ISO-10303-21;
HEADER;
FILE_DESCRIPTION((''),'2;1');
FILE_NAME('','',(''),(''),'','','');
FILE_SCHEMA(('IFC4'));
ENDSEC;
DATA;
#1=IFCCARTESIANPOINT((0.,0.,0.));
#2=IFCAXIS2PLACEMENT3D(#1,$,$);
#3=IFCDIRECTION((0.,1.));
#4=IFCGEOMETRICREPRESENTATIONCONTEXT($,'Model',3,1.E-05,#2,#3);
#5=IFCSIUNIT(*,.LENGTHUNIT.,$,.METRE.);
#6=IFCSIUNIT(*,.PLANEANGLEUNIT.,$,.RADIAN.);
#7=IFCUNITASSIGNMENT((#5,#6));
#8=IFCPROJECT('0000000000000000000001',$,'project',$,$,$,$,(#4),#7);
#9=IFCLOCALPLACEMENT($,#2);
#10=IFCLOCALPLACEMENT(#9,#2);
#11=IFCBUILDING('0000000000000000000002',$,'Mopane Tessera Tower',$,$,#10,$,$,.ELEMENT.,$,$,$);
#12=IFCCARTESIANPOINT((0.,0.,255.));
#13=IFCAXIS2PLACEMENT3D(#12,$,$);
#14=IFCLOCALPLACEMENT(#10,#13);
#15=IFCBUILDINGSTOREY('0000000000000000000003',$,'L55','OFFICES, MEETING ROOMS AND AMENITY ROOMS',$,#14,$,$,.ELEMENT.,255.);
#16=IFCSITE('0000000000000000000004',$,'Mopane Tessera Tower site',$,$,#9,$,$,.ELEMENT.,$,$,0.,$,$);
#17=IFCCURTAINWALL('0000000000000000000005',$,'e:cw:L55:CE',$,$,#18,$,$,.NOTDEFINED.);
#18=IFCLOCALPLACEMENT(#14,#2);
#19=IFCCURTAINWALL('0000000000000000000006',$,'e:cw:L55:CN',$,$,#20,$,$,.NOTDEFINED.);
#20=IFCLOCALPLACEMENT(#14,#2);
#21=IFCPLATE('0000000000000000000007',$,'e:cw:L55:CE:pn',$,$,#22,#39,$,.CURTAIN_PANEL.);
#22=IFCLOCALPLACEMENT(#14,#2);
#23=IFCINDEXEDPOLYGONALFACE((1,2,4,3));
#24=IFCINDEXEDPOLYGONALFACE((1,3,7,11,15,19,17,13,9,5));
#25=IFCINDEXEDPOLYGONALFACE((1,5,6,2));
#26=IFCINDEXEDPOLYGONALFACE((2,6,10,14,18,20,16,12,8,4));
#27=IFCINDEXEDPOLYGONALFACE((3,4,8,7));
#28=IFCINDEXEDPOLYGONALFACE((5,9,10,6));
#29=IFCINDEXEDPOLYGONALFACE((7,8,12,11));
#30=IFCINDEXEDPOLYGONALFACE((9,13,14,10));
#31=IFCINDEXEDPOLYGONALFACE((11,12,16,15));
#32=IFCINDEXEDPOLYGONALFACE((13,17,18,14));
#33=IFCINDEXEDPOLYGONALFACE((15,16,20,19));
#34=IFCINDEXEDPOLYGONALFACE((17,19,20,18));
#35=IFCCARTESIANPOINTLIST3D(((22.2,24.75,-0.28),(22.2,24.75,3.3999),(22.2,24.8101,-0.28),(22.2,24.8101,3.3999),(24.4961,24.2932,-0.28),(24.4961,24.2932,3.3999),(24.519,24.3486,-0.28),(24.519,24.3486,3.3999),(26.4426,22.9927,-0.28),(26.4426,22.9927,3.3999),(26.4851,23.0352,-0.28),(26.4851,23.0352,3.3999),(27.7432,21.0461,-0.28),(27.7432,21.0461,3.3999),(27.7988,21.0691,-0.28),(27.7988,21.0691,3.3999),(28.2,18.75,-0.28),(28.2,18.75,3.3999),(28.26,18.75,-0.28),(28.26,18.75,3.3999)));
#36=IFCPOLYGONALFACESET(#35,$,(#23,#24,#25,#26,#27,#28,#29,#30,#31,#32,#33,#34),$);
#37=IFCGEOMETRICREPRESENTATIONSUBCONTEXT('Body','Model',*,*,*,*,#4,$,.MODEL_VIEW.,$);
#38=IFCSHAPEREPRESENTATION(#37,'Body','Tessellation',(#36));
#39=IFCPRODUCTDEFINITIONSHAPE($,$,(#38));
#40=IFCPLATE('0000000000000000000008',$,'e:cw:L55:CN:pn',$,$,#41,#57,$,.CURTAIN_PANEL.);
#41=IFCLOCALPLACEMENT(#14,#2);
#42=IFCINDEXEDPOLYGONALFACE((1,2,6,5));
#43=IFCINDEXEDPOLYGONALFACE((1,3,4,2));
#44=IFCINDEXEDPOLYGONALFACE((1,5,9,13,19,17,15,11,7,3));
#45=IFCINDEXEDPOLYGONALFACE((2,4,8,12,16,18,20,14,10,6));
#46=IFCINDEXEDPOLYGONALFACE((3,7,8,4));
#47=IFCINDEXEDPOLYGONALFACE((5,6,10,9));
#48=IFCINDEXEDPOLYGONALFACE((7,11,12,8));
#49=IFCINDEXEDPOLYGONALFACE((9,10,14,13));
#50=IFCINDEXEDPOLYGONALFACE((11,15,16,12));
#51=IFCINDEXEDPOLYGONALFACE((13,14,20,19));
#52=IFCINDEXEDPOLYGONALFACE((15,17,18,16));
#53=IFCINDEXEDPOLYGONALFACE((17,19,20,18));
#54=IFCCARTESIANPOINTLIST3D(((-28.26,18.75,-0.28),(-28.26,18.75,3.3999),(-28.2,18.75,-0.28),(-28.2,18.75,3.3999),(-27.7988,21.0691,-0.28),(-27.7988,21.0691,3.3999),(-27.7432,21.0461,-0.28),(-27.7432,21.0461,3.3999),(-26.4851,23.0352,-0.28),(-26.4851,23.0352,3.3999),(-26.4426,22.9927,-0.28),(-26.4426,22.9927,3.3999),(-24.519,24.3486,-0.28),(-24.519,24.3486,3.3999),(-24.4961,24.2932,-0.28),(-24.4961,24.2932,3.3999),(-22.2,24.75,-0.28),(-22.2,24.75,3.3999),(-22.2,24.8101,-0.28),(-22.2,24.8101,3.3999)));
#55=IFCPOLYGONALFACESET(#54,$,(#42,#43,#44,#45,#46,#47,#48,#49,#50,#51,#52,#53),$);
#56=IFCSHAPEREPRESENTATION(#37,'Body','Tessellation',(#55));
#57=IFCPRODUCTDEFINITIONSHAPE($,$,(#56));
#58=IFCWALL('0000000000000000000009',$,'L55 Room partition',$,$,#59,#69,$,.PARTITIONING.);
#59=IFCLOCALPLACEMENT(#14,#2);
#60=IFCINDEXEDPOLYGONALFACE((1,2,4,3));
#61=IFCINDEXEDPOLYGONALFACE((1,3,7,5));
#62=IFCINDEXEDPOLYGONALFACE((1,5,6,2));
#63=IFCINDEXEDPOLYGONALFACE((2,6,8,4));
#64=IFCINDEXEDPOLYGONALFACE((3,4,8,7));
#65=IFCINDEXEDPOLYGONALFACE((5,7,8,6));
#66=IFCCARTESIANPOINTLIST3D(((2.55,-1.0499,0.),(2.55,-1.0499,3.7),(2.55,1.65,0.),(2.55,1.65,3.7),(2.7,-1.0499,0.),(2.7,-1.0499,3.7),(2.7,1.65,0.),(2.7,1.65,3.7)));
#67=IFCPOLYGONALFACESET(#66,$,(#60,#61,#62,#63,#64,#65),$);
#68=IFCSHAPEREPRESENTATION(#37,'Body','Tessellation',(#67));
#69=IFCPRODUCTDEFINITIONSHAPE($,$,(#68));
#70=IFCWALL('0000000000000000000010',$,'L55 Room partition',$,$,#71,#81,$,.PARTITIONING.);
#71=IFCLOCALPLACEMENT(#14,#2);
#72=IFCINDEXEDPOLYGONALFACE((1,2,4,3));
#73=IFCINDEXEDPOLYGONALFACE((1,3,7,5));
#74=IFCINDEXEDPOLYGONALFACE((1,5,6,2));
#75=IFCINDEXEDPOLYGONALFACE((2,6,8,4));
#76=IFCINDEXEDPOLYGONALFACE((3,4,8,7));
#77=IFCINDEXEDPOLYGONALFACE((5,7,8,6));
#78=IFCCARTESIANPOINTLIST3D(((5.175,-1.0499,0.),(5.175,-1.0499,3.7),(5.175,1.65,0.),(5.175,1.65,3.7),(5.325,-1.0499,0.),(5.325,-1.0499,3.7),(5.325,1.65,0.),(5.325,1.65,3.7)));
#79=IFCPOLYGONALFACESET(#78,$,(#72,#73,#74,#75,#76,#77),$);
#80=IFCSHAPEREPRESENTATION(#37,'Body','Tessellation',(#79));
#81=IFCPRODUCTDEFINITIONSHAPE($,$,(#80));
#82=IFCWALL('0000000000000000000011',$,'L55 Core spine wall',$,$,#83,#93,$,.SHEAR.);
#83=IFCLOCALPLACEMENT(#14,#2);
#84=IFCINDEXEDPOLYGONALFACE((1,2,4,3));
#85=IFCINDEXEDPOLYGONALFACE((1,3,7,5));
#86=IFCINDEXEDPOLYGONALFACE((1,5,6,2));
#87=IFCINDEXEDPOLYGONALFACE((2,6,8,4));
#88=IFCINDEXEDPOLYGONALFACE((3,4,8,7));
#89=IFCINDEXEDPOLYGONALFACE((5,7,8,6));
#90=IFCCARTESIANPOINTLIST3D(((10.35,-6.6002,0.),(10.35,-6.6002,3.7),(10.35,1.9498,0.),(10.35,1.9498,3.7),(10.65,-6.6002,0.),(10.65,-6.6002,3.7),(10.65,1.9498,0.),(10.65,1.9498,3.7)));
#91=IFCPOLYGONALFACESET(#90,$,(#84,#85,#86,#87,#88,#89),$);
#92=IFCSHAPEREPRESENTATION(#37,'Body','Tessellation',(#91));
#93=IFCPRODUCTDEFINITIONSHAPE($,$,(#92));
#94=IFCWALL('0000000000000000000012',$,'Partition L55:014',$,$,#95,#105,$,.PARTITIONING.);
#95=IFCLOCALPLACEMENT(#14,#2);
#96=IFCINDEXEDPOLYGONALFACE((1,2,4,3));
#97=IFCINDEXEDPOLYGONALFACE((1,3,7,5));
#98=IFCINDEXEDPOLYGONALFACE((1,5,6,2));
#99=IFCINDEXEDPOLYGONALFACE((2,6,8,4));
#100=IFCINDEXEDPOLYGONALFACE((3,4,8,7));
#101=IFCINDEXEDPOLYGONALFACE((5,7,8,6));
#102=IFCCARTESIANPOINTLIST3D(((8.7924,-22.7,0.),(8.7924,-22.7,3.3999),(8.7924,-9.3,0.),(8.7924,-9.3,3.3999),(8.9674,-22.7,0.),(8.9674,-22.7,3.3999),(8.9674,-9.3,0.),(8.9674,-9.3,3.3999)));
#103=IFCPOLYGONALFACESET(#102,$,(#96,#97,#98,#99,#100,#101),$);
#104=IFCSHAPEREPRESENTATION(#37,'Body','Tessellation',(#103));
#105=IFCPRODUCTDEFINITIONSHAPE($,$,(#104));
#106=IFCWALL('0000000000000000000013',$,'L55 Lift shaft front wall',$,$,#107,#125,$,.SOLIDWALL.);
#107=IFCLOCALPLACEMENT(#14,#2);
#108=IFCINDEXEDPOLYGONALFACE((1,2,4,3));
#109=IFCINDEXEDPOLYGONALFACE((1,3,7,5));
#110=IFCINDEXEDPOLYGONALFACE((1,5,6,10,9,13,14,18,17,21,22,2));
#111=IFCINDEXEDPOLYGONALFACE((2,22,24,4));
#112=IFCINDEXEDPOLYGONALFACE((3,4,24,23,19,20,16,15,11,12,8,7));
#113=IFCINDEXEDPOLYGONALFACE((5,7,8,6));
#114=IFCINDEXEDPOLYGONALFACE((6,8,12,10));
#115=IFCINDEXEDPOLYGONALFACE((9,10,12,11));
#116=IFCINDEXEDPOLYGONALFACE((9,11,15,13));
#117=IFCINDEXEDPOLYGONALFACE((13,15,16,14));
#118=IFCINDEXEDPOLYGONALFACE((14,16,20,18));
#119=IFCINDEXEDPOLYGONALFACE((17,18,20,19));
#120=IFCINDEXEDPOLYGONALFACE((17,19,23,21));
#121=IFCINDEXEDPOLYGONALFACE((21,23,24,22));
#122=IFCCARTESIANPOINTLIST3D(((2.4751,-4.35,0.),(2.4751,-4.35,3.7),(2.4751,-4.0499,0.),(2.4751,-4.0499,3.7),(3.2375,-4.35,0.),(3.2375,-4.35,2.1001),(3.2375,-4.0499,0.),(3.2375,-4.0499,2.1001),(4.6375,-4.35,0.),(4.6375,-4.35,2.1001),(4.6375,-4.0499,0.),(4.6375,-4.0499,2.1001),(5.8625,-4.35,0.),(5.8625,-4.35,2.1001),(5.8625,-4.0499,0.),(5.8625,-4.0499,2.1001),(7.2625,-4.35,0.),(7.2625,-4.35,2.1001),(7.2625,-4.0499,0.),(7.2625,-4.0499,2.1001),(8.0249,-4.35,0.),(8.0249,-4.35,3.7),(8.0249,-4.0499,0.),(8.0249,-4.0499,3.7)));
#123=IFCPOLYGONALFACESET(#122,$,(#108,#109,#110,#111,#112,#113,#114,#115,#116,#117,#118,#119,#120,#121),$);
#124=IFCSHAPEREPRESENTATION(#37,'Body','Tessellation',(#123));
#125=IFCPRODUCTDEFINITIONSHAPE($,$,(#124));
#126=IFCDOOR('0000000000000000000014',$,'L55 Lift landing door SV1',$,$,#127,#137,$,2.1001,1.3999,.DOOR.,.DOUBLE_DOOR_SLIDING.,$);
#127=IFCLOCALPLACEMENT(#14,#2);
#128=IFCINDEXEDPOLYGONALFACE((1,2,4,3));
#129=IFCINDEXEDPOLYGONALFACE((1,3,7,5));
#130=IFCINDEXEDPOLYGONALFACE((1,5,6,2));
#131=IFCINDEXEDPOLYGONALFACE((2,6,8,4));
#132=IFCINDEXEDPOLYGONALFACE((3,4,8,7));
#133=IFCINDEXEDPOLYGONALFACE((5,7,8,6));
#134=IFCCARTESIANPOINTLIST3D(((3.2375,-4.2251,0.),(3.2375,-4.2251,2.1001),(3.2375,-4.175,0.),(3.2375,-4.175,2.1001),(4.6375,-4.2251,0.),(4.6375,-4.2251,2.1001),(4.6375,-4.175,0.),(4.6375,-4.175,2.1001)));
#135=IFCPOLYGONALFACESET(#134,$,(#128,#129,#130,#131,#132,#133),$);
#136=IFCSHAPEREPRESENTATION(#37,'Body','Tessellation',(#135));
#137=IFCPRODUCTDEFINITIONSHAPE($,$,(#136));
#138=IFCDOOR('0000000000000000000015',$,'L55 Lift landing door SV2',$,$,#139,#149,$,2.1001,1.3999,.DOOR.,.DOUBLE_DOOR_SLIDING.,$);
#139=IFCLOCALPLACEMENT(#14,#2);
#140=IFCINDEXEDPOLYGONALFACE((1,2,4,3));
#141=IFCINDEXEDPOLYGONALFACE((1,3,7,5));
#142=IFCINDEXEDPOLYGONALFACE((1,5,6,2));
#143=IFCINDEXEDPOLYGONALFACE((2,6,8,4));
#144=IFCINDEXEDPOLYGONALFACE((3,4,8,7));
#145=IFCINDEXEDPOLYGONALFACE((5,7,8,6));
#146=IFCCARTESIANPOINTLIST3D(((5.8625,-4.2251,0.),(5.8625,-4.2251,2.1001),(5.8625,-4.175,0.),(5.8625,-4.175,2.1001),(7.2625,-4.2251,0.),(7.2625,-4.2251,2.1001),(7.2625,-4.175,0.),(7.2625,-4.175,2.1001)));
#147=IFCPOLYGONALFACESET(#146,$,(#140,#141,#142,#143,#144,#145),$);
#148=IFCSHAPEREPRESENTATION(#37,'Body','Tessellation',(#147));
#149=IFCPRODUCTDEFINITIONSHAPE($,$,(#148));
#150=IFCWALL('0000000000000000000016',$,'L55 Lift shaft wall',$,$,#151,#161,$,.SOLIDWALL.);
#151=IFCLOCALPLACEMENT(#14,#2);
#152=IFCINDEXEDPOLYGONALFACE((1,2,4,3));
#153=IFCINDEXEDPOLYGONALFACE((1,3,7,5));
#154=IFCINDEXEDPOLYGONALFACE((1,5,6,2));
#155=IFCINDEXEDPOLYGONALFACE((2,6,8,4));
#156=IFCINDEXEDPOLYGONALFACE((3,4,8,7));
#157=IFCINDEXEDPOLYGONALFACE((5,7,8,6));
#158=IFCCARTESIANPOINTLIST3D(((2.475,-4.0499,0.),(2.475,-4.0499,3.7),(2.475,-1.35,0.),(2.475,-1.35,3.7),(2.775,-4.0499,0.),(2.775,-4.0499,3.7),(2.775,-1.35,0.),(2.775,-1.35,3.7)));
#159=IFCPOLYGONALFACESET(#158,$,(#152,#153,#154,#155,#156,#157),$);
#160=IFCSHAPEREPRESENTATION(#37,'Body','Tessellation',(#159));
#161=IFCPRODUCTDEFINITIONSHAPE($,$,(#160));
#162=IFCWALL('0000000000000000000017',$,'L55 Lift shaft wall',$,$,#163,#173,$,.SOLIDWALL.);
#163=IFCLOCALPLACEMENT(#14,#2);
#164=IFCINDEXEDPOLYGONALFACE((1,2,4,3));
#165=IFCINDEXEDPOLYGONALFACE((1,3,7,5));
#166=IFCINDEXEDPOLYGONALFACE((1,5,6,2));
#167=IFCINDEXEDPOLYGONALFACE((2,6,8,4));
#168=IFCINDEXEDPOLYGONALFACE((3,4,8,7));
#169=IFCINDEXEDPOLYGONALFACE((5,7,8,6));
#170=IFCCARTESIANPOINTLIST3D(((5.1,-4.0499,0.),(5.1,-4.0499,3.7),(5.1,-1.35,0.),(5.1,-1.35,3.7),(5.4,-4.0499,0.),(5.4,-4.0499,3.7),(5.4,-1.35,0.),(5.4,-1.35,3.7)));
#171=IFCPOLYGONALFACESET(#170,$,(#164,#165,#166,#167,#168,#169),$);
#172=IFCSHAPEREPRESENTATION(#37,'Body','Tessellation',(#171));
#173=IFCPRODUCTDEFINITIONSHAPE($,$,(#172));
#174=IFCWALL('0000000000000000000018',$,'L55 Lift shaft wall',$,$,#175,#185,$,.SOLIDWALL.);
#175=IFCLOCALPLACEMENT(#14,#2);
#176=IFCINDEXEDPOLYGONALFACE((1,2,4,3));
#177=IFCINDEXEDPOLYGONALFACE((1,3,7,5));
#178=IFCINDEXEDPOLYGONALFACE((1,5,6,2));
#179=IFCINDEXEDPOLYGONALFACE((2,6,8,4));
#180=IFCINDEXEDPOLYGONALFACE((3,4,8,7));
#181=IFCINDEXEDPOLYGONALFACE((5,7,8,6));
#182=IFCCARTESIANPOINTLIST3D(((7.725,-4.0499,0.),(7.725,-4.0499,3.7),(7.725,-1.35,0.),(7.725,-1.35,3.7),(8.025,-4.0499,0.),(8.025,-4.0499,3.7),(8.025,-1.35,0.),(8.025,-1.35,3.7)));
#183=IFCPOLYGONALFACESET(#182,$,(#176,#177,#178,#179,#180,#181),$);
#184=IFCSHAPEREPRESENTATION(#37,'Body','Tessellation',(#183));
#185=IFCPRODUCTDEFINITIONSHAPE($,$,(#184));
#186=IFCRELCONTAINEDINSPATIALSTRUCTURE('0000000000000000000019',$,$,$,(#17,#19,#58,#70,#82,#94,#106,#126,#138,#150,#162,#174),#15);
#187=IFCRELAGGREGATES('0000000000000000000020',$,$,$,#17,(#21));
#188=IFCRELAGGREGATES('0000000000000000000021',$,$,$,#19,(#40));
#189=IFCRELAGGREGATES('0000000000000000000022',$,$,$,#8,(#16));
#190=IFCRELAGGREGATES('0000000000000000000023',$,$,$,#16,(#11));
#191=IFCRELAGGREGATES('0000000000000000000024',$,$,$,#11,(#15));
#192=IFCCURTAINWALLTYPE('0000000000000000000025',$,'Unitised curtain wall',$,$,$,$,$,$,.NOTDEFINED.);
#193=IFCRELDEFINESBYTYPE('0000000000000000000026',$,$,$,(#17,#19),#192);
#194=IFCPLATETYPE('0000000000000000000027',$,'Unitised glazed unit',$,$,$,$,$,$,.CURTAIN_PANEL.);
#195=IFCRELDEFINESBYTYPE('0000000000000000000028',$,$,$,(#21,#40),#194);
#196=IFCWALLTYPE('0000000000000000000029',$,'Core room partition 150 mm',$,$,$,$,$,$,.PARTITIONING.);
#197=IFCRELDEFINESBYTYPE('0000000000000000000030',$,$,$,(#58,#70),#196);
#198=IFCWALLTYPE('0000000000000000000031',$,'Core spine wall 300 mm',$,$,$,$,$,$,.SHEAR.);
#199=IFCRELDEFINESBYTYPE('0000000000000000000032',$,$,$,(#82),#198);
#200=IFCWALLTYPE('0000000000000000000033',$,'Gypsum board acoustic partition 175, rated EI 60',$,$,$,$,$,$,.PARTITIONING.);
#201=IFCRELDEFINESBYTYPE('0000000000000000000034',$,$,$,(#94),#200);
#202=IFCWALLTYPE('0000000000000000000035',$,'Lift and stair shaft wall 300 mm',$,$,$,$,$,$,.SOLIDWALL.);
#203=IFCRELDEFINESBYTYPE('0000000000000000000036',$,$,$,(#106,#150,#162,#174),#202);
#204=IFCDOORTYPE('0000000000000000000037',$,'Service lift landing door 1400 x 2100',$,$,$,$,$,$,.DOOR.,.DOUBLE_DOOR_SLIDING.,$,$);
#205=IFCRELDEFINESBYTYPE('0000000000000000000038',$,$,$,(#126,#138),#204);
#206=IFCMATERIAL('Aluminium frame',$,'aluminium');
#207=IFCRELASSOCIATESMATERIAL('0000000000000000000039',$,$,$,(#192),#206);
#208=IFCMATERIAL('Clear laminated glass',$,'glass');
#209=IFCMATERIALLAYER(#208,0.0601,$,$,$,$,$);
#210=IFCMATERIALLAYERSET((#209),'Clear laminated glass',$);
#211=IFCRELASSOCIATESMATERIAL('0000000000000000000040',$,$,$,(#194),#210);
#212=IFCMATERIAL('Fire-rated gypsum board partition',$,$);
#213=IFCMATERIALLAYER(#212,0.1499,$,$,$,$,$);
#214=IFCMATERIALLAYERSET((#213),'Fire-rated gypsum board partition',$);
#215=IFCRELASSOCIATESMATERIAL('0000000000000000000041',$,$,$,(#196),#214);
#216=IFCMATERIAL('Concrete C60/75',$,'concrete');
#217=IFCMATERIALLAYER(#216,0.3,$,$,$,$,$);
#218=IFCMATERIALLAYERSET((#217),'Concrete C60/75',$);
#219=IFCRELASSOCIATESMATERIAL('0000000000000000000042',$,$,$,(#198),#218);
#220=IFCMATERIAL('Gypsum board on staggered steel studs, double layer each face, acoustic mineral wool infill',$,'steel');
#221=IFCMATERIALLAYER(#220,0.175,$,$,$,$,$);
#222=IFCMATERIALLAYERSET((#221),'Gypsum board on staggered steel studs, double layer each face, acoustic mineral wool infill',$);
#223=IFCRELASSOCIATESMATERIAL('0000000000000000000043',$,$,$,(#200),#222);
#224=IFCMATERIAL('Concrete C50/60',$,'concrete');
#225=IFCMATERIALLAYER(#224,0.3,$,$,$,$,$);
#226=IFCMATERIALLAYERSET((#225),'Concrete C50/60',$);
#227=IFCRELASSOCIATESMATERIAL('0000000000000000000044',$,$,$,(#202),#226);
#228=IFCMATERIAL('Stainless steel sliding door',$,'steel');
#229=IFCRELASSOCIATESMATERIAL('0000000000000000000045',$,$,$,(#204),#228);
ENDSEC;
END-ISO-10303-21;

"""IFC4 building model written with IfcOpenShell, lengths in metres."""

from ifc_helpers import new_model, si_unit, direction, frame, frame_2d, origin, place, context, subcontext, project, spatial, polyline, rectangle, outline, extrude, material, layer, layer_set, type_object, element, fill, aggregate, save


model = new_model("IFC4")

# Units and contexts
model_context = context("Model", 3, precision=1e-05, world=origin(), true_north=direction((0.0, 1.0)))
body_context = subcontext(model_context, "Body", "Model", "MODEL_VIEW")
ifc_project = project(units=[si_unit("LENGTHUNIT", "METRE"), si_unit("PLANEANGLEUNIT", "RADIAN")], contexts=[model_context])

# Site, building, storey
site_placement = place(None, origin())
site = spatial("IfcSite", under=ifc_project, at=site_placement, Name="Mopane Tessera Tower site", CompositionType="ELEMENT", RefElevation=0.0)
building_placement = place(site_placement, origin())
building = spatial("IfcBuilding", under=site, at=building_placement, Name="Mopane Tessera Tower", CompositionType="ELEMENT")
storey_placement = place(building_placement, frame((0.0, 0.0, 255.0)))
storey = spatial("IfcBuildingStorey", under=building, at=storey_placement, Name="L55", Description="OFFICES, MEETING ROOMS AND AMENITY ROOMS", CompositionType="ELEMENT", Elevation=255.0)

# Shared definitions
ifc_material_1 = material(Name="Aluminium frame", Category="aluminium")
curtain_wall_type = type_object("IfcCurtainWallType", Name="Unitised curtain wall", PredefinedType="NOTDEFINED", material=ifc_material_1)

# Curtain walls
curtain_wall_1_placement = place(storey_placement, origin())
curtain_wall_1 = element("IfcCurtainWall", 1, at=curtain_wall_1_placement, inside=storey, type_object=curtain_wall_type, Name="e:cw:L55:CE", PredefinedType="NOTDEFINED")
curtain_wall_2_placement = place(storey_placement, origin())
curtain_wall_2 = element("IfcCurtainWall", 2, at=curtain_wall_2_placement, inside=storey, type_object=curtain_wall_type, Name="e:cw:L55:CN", PredefinedType="NOTDEFINED")

# Plates
ifc_material_2 = material(Name="Clear laminated glass", Category="glass")
ifc_layer_1 = layer(ifc_material_2, 0.0601)
ifc_layer_set_1 = layer_set([ifc_layer_1], Name="Clear laminated glass")
plate_type = type_object("IfcPlateType", Name="Unitised glazed unit", PredefinedType="CURTAIN_PANEL", material=ifc_layer_set_1)
plate_1_placement = place(storey_placement, frame((0.0, 0.0, -0.28)))
plate_1 = element("IfcPlate", 3, at=plate_1_placement, type_object=plate_type, Name="e:cw:L55:CE:pn", PredefinedType="CURTAIN_PANEL", context=body_context, shape_type="SweptSolid", body=[
    extrude(outline(polyline([(28.2, 18.75), (27.7432, 21.0461), (26.4426, 22.9927), (24.4961, 24.2932), (22.2, 24.75), (22.2, 24.8101), (24.519, 24.3486), (26.4851, 23.0352), (27.7988, 21.0691), (28.26, 18.75), (28.2, 18.75)])), origin(), (0.0, 0.0, 1.0), 3.6799),
])
aggregate(curtain_wall_1, [plate_1])
plate_2_placement = place(storey_placement, frame((0.0, 0.0, -0.28)))
plate_2 = element("IfcPlate", 4, at=plate_2_placement, type_object=plate_type, Name="e:cw:L55:CN:pn", PredefinedType="CURTAIN_PANEL", context=body_context, shape_type="SweptSolid", body=[
    extrude(outline(polyline([(-22.2, 24.75), (-24.4961, 24.2932), (-26.4426, 22.9927), (-27.7432, 21.0461), (-28.2, 18.75), (-28.26, 18.75), (-27.7988, 21.0691), (-26.4851, 23.0352), (-24.519, 24.3486), (-22.2, 24.8101), (-22.2, 24.75)])), origin(), (0.0, 0.0, 1.0), 3.6799),
])
aggregate(curtain_wall_2, [plate_2])

# Walls
ifc_material_3 = material(Name="Fire-rated gypsum board partition")
ifc_layer_2 = layer(ifc_material_3, 0.1499)
ifc_layer_set_2 = layer_set([ifc_layer_2], Name="Fire-rated gypsum board partition")
wall_type_1 = type_object("IfcWallType", Name="Core room partition 150 mm", PredefinedType="PARTITIONING", material=ifc_layer_set_2)
for number, where, z_axis, x_axis, name in (
    (5, (2.625, -1.05, 0.0), (0.0, 0.0, 1.0), (0.0, 1.0, 0.0), "L55 Room partition"),
    (6, (5.25, -1.05, 0.0), (0.0, 0.0, 1.0), (0.0, 1.0, 0.0), "L55 Room partition"),
):
    element("IfcWall", number, at=place(storey_placement, frame(where, z_axis=z_axis, x_axis=x_axis)), inside=storey, type_object=wall_type_1, Name=name, PredefinedType="PARTITIONING", context=body_context, shape_type="SweptSolid", body=[
        extrude(rectangle(XDim=2.7, YDim=0.1499, at=frame_2d((1.3501, 0.0))), origin(), (0.0, 0.0, 1.0), 3.7),
    ])
ifc_material_4 = material(Name="Concrete C60/75", Category="concrete")
ifc_layer_3 = layer(ifc_material_4, 0.3)
ifc_layer_set_3 = layer_set([ifc_layer_3], Name="Concrete C60/75")
wall_type_2 = type_object("IfcWallType", Name="Core spine wall 300 mm", PredefinedType="SHEAR", material=ifc_layer_set_3)
wall_1_placement = place(storey_placement, frame((10.5, -6.6001, 0.0), z_axis=(0.0, 0.0, 1.0), x_axis=(0.0, 1.0, 0.0)))
element("IfcWall", 7, at=wall_1_placement, inside=storey, type_object=wall_type_2, Name="L55 Core spine wall", PredefinedType="SHEAR", context=body_context, shape_type="SweptSolid", body=[
    extrude(rectangle(XDim=8.55, YDim=0.3, at=frame_2d((4.2749, 0.0))), origin(), (0.0, 0.0, 1.0), 3.7),
])
ifc_material_5 = material(Name="Gypsum board on staggered steel studs, double layer each face, acoustic mineral wool infill", Category="steel")
ifc_layer_4 = layer(ifc_material_5, 0.175)
ifc_layer_set_4 = layer_set([ifc_layer_4], Name="Gypsum board on staggered steel studs, double layer each face, acoustic mineral wool infill")
wall_type_3 = type_object("IfcWallType", Name="Gypsum board acoustic partition 175, rated EI 60", PredefinedType="PARTITIONING", material=ifc_layer_set_4)
wall_2_placement = place(storey_placement, frame((8.8799, -22.7, 0.0), z_axis=(0.0, 0.0, 1.0), x_axis=(0.0, 1.0, 0.0)))
element("IfcWall", 8, at=wall_2_placement, inside=storey, type_object=wall_type_3, Name="Partition L55:014", PredefinedType="PARTITIONING", context=body_context, shape_type="SweptSolid", body=[
    extrude(rectangle(XDim=13.3999, YDim=0.175, at=frame_2d((6.7, 0.0))), origin(), (0.0, 0.0, 1.0), 3.3999),
])

# Wall, openings, doors
ifc_material_6 = material(Name="Concrete C50/60", Category="concrete")
ifc_layer_5 = layer(ifc_material_6, 0.3)
ifc_layer_set_5 = layer_set([ifc_layer_5], Name="Concrete C50/60")
wall_type_4 = type_object("IfcWallType", Name="Lift and stair shaft wall 300 mm", PredefinedType="SOLIDWALL", material=ifc_layer_set_5)
wall_3_placement = place(storey_placement, frame((2.4751, -4.2, 0.0), z_axis=(0.0, 0.0, 1.0), x_axis=(1.0, 0.0, 0.0)))
wall_3 = element("IfcWall", 9, at=wall_3_placement, inside=storey, type_object=wall_type_4, Name="L55 Lift shaft front wall", PredefinedType="SOLIDWALL", context=body_context, shape_type="SweptSolid", body=[
    extrude(rectangle(XDim=5.5498, YDim=0.3, at=frame_2d((2.7749, 0.0))), origin(), (0.0, 0.0, 1.0), 3.7),
])
opening_1_placement = place(wall_3_placement, frame((0.7625, 0.0, 0.0)))
opening_1 = element("IfcOpeningElement", 10, at=opening_1_placement, cuts=wall_3, PredefinedType="OPENING", context=body_context, shape_type="SweptSolid", body=[
    extrude(rectangle(XDim=1.3999, YDim=2.1001, at=frame_2d((0.7, 1.05))), frame((0.0, 0.1621, 0.0), z_axis=(0.0, -1.0, 0.0), x_axis=(1.0, 0.0, 0.0)), (0.0, 0.0, 1.0), 0.324),
])
opening_2_placement = place(wall_3_placement, frame((3.3875, 0.0, 0.0)))
opening_2 = element("IfcOpeningElement", 11, at=opening_2_placement, cuts=wall_3, PredefinedType="OPENING", context=body_context, shape_type="SweptSolid", body=[
    extrude(rectangle(XDim=1.3999, YDim=2.1001, at=frame_2d((0.7, 1.05))), frame((0.0, 0.1621, 0.0), z_axis=(0.0, -1.0, 0.0), x_axis=(1.0, 0.0, 0.0)), (0.0, 0.0, 1.0), 0.324),
])
ifc_material_7 = material(Name="Stainless steel sliding door", Category="steel")
door_type = type_object("IfcDoorType", Name="Service lift landing door 1400 x 2100", OperationType="DOUBLE_DOOR_SLIDING", PredefinedType="DOOR", material=ifc_material_7)
door_1_placement = place(opening_1_placement, origin())
door_1 = element("IfcDoor", 12, at=door_1_placement, inside=storey, type_object=door_type, Name="L55 Lift landing door SV1", OperationType="DOUBLE_DOOR_SLIDING", OverallHeight=2.1001, OverallWidth=1.3999, PredefinedType="DOOR", context=body_context, shape_type="SweptSolid", body=[
    extrude(rectangle(XDim=1.3999, YDim=2.1001, at=frame_2d((0.7, 1.05))), frame((0.0, 0.0249, 0.0), z_axis=(0.0, -1.0, 0.0), x_axis=(1.0, 0.0, 0.0)), (0.0, 0.0, 1.0), 0.05),
])
fill(opening_1, door_1)
door_2_placement = place(opening_2_placement, origin())
door_2 = element("IfcDoor", 13, at=door_2_placement, inside=storey, type_object=door_type, Name="L55 Lift landing door SV2", OperationType="DOUBLE_DOOR_SLIDING", OverallHeight=2.1001, OverallWidth=1.3999, PredefinedType="DOOR", context=body_context, shape_type="SweptSolid", body=[
    extrude(rectangle(XDim=1.3999, YDim=2.1001, at=frame_2d((0.7, 1.05))), frame((0.0, 0.0249, 0.0), z_axis=(0.0, -1.0, 0.0), x_axis=(1.0, 0.0, 0.0)), (0.0, 0.0, 1.0), 0.05),
])
fill(opening_2, door_2)

# Walls
for number, where, z_axis, x_axis, name in (
    (14, (2.625, -4.05, 0.0), (0.0, 0.0, 1.0), (0.0, 1.0, 0.0), "L55 Lift shaft wall"),
    (15, (5.25, -4.05, 0.0), (0.0, 0.0, 1.0), (0.0, 1.0, 0.0), "L55 Lift shaft wall"),
    (16, (7.875, -4.05, 0.0), (0.0, 0.0, 1.0), (0.0, 1.0, 0.0), "L55 Lift shaft wall"),
):
    element("IfcWall", number, at=place(storey_placement, frame(where, z_axis=z_axis, x_axis=x_axis)), inside=storey, type_object=wall_type_4, Name=name, PredefinedType="SOLIDWALL", context=body_context, shape_type="SweptSolid", body=[
        extrude(rectangle(XDim=2.7, YDim=0.3, at=frame_2d((1.3501, 0.0))), origin(), (0.0, 0.0, 1.0), 3.7),
    ])

save(model, "model.ifc")
